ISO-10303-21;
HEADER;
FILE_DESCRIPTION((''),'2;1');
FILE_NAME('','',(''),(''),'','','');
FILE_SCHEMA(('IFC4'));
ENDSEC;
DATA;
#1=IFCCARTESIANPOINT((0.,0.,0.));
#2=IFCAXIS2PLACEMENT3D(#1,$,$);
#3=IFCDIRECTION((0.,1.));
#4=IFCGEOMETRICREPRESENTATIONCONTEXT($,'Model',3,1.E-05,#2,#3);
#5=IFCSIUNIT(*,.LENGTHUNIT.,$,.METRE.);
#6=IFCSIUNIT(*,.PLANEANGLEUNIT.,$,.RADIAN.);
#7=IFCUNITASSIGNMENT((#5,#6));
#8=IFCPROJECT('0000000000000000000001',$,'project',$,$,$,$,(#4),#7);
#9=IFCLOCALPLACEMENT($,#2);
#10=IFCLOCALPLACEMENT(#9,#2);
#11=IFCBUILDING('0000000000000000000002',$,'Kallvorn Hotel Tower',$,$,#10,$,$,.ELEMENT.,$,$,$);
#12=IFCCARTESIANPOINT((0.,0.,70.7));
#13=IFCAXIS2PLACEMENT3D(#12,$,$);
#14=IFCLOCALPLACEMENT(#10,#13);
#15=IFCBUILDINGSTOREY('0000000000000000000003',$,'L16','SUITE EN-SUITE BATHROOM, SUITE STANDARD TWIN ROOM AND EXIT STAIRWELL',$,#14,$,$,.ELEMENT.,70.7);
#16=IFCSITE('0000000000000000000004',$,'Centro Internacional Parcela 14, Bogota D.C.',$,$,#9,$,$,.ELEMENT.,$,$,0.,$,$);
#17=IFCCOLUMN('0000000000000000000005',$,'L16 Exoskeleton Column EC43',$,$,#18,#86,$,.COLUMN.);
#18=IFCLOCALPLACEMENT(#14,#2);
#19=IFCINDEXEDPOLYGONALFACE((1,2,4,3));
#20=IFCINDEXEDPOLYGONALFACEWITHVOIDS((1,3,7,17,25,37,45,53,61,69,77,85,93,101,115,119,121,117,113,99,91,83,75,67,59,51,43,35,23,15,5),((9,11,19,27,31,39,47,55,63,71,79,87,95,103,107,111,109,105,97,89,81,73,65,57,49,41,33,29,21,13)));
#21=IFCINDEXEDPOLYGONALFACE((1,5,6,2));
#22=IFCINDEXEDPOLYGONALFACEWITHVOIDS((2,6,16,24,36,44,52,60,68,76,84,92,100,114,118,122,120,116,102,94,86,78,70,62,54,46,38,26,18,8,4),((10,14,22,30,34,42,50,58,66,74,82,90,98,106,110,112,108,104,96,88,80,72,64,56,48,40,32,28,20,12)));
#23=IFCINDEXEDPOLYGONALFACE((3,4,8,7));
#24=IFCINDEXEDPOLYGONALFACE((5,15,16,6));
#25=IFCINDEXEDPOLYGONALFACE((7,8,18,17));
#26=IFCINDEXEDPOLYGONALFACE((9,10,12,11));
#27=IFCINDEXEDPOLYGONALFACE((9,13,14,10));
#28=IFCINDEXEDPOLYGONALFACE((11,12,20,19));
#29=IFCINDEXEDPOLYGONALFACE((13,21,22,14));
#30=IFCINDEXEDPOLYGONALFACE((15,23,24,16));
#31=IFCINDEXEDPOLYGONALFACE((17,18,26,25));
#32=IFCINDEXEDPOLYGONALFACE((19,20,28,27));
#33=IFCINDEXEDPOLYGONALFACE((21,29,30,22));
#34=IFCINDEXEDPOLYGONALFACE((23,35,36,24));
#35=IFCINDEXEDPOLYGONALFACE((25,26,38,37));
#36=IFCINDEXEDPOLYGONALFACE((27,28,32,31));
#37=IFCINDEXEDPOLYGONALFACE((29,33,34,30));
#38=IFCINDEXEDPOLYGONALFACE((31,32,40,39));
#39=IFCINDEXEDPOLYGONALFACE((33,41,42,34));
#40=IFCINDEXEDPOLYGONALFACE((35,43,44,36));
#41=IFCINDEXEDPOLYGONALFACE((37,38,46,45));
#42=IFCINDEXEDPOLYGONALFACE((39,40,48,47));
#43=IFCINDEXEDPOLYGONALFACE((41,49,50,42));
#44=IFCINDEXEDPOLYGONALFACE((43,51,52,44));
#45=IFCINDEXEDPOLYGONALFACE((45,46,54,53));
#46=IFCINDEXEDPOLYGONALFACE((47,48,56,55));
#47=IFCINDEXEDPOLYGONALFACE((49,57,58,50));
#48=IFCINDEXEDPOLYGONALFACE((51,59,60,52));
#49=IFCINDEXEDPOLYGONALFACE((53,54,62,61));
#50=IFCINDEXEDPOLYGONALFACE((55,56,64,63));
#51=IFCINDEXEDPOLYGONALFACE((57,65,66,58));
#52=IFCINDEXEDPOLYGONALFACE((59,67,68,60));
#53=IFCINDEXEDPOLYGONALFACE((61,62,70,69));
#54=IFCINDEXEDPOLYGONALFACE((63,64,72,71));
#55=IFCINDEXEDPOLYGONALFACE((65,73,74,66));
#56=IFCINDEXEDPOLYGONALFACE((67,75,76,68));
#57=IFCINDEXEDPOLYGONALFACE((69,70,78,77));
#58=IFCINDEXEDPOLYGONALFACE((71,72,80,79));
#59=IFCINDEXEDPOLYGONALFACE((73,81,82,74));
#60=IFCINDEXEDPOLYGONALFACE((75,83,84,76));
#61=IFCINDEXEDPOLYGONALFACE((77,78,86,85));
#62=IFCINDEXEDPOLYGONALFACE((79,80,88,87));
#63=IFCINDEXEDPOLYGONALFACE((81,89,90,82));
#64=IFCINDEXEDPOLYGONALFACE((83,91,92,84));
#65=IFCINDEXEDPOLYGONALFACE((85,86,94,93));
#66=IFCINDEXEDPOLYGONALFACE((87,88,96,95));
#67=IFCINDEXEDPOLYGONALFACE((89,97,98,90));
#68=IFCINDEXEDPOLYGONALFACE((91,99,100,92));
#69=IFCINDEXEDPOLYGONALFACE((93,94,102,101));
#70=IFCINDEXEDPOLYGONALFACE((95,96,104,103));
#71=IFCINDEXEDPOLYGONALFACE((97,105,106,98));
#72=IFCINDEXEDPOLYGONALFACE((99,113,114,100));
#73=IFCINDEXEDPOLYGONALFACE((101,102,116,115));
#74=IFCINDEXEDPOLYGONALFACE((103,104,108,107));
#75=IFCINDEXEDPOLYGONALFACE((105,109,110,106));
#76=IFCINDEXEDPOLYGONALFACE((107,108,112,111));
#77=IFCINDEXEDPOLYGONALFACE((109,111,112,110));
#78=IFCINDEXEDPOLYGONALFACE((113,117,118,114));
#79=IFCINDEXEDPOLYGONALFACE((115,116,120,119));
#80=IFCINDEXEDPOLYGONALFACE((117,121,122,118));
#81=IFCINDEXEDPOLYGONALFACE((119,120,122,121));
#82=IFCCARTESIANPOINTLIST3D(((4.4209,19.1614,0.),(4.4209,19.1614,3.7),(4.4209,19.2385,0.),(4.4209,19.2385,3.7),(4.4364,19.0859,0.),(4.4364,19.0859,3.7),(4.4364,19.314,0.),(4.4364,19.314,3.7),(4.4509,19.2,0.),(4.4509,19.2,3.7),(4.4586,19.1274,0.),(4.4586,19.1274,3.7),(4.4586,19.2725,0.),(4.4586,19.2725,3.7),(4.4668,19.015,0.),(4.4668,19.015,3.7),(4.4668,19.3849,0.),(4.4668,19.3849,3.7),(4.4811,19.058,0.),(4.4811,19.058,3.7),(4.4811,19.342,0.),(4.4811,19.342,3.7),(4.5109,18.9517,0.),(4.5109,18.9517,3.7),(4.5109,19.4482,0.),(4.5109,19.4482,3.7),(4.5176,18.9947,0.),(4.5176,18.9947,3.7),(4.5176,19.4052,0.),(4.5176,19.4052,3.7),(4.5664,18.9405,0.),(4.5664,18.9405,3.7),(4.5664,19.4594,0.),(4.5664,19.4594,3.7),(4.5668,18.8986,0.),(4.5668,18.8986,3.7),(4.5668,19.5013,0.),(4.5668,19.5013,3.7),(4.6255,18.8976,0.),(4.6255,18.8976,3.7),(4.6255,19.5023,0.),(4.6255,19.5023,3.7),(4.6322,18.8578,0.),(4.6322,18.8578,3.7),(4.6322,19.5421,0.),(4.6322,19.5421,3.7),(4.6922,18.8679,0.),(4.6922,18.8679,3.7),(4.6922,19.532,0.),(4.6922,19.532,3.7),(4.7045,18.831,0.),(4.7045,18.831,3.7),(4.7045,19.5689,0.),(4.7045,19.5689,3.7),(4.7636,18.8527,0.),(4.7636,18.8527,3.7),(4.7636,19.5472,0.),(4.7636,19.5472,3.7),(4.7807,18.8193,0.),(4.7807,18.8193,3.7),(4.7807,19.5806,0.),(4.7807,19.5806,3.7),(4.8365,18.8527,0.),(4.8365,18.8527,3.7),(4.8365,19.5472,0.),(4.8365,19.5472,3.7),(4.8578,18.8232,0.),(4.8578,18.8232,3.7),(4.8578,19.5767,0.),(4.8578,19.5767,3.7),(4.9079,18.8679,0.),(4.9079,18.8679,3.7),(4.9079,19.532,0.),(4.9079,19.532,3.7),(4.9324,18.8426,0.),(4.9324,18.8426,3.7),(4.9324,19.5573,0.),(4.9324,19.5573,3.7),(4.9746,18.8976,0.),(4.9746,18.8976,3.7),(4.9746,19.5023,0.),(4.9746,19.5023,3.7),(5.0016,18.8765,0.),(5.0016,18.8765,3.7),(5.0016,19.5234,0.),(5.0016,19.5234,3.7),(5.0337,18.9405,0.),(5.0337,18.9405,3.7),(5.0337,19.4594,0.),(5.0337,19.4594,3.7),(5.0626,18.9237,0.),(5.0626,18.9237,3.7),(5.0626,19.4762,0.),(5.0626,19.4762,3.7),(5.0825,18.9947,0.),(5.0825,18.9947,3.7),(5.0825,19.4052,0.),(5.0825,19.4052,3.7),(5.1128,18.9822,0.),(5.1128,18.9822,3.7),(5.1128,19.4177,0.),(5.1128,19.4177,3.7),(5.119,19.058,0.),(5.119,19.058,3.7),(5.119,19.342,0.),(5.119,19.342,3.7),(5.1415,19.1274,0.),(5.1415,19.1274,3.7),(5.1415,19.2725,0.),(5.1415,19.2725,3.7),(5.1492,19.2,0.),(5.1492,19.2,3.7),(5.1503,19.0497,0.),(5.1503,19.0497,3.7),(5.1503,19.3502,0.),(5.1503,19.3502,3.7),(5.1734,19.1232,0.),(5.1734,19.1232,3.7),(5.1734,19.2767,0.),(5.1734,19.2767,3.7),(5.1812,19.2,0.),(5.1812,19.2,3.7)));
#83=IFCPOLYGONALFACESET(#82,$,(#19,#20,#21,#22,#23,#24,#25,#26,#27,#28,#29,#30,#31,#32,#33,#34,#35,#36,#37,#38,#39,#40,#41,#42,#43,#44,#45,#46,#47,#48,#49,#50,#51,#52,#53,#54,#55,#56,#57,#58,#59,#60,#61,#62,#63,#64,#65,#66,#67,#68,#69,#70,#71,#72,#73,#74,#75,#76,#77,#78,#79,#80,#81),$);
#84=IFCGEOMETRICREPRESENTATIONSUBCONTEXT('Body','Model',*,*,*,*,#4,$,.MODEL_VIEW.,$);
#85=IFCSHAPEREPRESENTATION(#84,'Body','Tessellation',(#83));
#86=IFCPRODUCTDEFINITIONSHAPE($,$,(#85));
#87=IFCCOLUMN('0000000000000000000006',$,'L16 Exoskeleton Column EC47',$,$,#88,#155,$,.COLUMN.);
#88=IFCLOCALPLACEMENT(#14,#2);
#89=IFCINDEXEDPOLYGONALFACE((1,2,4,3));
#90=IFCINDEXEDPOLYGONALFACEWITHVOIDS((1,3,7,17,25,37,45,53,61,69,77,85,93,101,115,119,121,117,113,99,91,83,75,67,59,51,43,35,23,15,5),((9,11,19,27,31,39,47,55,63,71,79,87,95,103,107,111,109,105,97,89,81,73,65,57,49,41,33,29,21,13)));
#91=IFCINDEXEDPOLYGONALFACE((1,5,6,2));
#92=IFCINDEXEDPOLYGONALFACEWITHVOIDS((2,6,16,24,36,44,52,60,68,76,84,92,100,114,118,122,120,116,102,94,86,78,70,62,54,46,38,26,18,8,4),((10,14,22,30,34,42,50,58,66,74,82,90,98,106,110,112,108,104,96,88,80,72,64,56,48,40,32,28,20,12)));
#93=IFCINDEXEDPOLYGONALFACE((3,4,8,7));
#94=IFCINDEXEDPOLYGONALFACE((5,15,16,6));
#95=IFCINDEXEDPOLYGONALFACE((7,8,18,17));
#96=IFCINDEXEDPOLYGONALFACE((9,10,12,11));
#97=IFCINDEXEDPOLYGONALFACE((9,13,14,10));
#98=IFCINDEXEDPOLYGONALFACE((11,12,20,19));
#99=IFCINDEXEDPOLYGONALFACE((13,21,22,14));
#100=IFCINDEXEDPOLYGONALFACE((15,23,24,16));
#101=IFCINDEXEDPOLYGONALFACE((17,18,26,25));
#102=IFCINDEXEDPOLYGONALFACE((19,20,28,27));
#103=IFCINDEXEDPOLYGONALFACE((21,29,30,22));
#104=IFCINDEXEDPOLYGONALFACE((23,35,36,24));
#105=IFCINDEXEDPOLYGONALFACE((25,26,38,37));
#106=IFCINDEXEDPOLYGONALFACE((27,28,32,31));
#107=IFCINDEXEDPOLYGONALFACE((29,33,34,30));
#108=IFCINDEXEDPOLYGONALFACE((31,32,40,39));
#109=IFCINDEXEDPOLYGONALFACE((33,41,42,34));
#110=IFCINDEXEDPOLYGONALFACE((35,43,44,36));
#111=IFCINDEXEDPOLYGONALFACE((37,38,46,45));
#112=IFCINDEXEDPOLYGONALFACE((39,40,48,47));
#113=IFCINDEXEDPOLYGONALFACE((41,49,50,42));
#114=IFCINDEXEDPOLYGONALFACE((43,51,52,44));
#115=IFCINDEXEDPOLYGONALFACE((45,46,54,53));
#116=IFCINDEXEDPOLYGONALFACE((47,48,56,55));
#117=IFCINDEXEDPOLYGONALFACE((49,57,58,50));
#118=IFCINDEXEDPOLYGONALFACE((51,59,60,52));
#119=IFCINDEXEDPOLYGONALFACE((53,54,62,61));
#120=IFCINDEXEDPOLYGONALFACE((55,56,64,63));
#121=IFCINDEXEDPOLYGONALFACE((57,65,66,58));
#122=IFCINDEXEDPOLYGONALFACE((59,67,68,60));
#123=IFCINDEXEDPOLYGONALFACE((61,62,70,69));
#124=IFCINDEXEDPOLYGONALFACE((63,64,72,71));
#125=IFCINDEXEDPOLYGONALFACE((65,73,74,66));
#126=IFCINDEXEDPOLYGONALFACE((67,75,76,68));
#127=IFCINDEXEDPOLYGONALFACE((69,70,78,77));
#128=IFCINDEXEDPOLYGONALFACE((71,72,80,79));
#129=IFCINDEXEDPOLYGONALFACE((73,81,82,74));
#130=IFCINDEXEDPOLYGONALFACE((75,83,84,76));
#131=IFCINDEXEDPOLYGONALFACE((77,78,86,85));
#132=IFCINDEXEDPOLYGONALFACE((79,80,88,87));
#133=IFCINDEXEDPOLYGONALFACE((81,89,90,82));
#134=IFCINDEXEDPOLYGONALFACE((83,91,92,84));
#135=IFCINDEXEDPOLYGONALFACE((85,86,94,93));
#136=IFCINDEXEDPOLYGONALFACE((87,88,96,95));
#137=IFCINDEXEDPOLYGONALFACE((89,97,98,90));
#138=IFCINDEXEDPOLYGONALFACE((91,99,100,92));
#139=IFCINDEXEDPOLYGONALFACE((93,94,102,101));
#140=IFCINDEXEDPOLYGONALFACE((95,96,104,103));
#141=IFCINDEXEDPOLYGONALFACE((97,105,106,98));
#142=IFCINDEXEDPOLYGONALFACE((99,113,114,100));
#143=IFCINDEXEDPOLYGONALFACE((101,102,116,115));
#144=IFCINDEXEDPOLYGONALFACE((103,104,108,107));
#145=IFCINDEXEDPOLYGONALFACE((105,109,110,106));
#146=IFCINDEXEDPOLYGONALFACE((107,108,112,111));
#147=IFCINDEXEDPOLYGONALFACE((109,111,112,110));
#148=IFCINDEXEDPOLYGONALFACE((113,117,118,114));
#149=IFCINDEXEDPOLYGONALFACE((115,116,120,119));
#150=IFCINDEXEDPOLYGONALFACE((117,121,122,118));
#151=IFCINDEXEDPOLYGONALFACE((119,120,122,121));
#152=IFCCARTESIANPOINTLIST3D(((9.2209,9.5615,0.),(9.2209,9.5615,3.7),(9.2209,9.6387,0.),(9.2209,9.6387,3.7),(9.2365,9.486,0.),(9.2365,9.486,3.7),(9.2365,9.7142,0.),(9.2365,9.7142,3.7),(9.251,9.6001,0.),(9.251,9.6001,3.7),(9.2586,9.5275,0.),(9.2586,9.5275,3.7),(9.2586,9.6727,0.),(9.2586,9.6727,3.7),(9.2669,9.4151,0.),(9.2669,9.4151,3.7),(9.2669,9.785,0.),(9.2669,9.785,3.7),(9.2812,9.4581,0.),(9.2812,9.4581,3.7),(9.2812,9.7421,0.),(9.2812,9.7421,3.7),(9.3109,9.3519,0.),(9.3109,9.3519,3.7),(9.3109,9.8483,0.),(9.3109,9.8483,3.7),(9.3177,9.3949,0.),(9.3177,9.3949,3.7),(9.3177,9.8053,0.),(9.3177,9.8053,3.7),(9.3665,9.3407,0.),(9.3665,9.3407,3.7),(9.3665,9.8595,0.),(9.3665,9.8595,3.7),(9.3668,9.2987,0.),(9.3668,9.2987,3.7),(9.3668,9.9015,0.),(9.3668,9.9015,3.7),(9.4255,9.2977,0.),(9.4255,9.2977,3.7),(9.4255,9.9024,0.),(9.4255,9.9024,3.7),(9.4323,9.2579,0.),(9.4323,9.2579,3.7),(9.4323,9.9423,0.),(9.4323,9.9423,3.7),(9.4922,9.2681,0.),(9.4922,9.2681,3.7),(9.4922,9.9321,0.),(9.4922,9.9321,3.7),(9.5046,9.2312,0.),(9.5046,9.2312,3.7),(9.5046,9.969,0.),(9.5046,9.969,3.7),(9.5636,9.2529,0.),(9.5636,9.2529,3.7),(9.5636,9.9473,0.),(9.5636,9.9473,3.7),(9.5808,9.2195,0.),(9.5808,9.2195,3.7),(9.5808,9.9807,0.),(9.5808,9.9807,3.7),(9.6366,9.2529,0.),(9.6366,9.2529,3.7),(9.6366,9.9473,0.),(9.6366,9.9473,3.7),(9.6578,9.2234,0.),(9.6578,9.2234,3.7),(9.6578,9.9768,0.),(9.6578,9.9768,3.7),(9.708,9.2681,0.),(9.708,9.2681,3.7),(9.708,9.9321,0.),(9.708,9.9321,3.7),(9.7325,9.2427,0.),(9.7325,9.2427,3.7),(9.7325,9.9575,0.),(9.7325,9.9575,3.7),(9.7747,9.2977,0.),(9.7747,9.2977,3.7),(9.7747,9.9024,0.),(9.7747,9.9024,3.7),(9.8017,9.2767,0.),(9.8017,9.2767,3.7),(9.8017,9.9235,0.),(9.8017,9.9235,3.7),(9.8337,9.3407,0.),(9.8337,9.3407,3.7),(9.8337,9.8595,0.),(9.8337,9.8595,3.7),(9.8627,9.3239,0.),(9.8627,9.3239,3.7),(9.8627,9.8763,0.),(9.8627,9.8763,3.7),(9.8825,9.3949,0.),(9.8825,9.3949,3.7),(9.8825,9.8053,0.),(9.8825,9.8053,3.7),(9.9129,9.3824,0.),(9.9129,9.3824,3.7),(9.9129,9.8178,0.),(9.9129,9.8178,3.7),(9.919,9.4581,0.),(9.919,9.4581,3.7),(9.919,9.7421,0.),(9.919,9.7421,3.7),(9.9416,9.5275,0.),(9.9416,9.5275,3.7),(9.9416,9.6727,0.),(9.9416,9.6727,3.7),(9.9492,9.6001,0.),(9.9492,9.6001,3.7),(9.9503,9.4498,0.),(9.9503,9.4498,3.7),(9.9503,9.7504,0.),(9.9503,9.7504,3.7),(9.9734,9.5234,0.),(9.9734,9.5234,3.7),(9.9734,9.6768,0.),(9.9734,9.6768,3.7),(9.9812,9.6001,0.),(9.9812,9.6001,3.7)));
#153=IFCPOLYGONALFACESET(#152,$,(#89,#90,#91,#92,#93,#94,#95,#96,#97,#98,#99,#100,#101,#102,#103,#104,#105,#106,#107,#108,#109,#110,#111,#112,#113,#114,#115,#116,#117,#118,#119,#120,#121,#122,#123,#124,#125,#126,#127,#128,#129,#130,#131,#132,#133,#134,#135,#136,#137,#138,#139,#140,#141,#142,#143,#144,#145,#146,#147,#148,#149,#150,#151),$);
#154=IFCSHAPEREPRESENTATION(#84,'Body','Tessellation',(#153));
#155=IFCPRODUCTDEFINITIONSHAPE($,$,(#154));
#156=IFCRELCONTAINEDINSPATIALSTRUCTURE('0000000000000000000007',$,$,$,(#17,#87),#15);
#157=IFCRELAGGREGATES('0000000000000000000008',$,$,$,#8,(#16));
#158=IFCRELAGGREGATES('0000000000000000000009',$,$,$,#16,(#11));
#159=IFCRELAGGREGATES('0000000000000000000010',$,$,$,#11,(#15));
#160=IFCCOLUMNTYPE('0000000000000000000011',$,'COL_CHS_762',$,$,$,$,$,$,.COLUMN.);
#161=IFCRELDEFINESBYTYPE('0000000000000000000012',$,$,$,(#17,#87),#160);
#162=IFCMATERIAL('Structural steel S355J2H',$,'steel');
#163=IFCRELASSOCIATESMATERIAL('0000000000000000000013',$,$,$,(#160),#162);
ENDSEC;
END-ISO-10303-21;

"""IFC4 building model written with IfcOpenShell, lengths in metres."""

from ifc_helpers import new_model, si_unit, direction, frame, origin, origin_2d, place, context, subcontext, project, spatial, hollow_circle, extrude, material, material_profile, profile_set, type_object, element, save


model = new_model("IFC4")

# Units and contexts
model_context = context("Model", 3, precision=1e-05, world=origin(), true_north=direction((0.0, 1.0)))
body_context = subcontext(model_context, "Body", "Model", "MODEL_VIEW")
ifc_project = project(units=[si_unit("LENGTHUNIT", "METRE"), si_unit("PLANEANGLEUNIT", "RADIAN")], contexts=[model_context])

# Site, building, storey
site_placement = place(None, origin())
site = spatial("IfcSite", under=ifc_project, at=site_placement, Name="Centro Internacional Parcela 14, Bogota D.C.", CompositionType="ELEMENT", RefElevation=0.0)
building_placement = place(site_placement, origin())
building = spatial("IfcBuilding", under=site, at=building_placement, Name="Kallvorn Hotel Tower", CompositionType="ELEMENT")
storey_placement = place(building_placement, frame((0.0, 0.0, 70.7)))
storey = spatial("IfcBuildingStorey", under=building, at=storey_placement, Name="L16", Description="SUITE EN-SUITE BATHROOM, SUITE STANDARD TWIN ROOM AND EXIT STAIRWELL", CompositionType="ELEMENT", Elevation=70.7)

# Columns
ifc_material_1 = material(Name="Structural steel S355J2H", Category="steel")
ifc_material_profile_1 = material_profile(ifc_material_1, hollow_circle(Radius=0.3811, WallThickness=0.032, at=origin_2d()), Name="CHS 762x32")
ifc_profile_set_1 = profile_set([ifc_material_profile_1], Name="Structural steel S355J2H")
column_type_1 = type_object("IfcColumnType", Name="COL_CHS_762", PredefinedType="COLUMN", material=ifc_profile_set_1)
for number, where, z_axis, x_axis, name in (
    (1, (4.8, 19.2, 0.0), (0.0, 0.0, 1.0), (1.0, 0.0, 0.0), "L16 Exoskeleton Column EC43"),
    (2, (9.6001, 9.6001, 0.0), (0.0, 0.0, 1.0), (1.0, 0.0, 0.0), "L16 Exoskeleton Column EC47"),
):
    element("IfcColumn", number, at=place(storey_placement, frame(where, z_axis=z_axis, x_axis=x_axis)), inside=storey, type_object=column_type_1, Name=name, PredefinedType="COLUMN", context=body_context, shape_type="SweptSolid", body=[
        extrude(hollow_circle(Radius=0.3811, WallThickness=0.032, at=origin_2d()), origin(), (0.0, 0.0, 1.0), 3.7),
    ])

save(model, "model.ifc")
